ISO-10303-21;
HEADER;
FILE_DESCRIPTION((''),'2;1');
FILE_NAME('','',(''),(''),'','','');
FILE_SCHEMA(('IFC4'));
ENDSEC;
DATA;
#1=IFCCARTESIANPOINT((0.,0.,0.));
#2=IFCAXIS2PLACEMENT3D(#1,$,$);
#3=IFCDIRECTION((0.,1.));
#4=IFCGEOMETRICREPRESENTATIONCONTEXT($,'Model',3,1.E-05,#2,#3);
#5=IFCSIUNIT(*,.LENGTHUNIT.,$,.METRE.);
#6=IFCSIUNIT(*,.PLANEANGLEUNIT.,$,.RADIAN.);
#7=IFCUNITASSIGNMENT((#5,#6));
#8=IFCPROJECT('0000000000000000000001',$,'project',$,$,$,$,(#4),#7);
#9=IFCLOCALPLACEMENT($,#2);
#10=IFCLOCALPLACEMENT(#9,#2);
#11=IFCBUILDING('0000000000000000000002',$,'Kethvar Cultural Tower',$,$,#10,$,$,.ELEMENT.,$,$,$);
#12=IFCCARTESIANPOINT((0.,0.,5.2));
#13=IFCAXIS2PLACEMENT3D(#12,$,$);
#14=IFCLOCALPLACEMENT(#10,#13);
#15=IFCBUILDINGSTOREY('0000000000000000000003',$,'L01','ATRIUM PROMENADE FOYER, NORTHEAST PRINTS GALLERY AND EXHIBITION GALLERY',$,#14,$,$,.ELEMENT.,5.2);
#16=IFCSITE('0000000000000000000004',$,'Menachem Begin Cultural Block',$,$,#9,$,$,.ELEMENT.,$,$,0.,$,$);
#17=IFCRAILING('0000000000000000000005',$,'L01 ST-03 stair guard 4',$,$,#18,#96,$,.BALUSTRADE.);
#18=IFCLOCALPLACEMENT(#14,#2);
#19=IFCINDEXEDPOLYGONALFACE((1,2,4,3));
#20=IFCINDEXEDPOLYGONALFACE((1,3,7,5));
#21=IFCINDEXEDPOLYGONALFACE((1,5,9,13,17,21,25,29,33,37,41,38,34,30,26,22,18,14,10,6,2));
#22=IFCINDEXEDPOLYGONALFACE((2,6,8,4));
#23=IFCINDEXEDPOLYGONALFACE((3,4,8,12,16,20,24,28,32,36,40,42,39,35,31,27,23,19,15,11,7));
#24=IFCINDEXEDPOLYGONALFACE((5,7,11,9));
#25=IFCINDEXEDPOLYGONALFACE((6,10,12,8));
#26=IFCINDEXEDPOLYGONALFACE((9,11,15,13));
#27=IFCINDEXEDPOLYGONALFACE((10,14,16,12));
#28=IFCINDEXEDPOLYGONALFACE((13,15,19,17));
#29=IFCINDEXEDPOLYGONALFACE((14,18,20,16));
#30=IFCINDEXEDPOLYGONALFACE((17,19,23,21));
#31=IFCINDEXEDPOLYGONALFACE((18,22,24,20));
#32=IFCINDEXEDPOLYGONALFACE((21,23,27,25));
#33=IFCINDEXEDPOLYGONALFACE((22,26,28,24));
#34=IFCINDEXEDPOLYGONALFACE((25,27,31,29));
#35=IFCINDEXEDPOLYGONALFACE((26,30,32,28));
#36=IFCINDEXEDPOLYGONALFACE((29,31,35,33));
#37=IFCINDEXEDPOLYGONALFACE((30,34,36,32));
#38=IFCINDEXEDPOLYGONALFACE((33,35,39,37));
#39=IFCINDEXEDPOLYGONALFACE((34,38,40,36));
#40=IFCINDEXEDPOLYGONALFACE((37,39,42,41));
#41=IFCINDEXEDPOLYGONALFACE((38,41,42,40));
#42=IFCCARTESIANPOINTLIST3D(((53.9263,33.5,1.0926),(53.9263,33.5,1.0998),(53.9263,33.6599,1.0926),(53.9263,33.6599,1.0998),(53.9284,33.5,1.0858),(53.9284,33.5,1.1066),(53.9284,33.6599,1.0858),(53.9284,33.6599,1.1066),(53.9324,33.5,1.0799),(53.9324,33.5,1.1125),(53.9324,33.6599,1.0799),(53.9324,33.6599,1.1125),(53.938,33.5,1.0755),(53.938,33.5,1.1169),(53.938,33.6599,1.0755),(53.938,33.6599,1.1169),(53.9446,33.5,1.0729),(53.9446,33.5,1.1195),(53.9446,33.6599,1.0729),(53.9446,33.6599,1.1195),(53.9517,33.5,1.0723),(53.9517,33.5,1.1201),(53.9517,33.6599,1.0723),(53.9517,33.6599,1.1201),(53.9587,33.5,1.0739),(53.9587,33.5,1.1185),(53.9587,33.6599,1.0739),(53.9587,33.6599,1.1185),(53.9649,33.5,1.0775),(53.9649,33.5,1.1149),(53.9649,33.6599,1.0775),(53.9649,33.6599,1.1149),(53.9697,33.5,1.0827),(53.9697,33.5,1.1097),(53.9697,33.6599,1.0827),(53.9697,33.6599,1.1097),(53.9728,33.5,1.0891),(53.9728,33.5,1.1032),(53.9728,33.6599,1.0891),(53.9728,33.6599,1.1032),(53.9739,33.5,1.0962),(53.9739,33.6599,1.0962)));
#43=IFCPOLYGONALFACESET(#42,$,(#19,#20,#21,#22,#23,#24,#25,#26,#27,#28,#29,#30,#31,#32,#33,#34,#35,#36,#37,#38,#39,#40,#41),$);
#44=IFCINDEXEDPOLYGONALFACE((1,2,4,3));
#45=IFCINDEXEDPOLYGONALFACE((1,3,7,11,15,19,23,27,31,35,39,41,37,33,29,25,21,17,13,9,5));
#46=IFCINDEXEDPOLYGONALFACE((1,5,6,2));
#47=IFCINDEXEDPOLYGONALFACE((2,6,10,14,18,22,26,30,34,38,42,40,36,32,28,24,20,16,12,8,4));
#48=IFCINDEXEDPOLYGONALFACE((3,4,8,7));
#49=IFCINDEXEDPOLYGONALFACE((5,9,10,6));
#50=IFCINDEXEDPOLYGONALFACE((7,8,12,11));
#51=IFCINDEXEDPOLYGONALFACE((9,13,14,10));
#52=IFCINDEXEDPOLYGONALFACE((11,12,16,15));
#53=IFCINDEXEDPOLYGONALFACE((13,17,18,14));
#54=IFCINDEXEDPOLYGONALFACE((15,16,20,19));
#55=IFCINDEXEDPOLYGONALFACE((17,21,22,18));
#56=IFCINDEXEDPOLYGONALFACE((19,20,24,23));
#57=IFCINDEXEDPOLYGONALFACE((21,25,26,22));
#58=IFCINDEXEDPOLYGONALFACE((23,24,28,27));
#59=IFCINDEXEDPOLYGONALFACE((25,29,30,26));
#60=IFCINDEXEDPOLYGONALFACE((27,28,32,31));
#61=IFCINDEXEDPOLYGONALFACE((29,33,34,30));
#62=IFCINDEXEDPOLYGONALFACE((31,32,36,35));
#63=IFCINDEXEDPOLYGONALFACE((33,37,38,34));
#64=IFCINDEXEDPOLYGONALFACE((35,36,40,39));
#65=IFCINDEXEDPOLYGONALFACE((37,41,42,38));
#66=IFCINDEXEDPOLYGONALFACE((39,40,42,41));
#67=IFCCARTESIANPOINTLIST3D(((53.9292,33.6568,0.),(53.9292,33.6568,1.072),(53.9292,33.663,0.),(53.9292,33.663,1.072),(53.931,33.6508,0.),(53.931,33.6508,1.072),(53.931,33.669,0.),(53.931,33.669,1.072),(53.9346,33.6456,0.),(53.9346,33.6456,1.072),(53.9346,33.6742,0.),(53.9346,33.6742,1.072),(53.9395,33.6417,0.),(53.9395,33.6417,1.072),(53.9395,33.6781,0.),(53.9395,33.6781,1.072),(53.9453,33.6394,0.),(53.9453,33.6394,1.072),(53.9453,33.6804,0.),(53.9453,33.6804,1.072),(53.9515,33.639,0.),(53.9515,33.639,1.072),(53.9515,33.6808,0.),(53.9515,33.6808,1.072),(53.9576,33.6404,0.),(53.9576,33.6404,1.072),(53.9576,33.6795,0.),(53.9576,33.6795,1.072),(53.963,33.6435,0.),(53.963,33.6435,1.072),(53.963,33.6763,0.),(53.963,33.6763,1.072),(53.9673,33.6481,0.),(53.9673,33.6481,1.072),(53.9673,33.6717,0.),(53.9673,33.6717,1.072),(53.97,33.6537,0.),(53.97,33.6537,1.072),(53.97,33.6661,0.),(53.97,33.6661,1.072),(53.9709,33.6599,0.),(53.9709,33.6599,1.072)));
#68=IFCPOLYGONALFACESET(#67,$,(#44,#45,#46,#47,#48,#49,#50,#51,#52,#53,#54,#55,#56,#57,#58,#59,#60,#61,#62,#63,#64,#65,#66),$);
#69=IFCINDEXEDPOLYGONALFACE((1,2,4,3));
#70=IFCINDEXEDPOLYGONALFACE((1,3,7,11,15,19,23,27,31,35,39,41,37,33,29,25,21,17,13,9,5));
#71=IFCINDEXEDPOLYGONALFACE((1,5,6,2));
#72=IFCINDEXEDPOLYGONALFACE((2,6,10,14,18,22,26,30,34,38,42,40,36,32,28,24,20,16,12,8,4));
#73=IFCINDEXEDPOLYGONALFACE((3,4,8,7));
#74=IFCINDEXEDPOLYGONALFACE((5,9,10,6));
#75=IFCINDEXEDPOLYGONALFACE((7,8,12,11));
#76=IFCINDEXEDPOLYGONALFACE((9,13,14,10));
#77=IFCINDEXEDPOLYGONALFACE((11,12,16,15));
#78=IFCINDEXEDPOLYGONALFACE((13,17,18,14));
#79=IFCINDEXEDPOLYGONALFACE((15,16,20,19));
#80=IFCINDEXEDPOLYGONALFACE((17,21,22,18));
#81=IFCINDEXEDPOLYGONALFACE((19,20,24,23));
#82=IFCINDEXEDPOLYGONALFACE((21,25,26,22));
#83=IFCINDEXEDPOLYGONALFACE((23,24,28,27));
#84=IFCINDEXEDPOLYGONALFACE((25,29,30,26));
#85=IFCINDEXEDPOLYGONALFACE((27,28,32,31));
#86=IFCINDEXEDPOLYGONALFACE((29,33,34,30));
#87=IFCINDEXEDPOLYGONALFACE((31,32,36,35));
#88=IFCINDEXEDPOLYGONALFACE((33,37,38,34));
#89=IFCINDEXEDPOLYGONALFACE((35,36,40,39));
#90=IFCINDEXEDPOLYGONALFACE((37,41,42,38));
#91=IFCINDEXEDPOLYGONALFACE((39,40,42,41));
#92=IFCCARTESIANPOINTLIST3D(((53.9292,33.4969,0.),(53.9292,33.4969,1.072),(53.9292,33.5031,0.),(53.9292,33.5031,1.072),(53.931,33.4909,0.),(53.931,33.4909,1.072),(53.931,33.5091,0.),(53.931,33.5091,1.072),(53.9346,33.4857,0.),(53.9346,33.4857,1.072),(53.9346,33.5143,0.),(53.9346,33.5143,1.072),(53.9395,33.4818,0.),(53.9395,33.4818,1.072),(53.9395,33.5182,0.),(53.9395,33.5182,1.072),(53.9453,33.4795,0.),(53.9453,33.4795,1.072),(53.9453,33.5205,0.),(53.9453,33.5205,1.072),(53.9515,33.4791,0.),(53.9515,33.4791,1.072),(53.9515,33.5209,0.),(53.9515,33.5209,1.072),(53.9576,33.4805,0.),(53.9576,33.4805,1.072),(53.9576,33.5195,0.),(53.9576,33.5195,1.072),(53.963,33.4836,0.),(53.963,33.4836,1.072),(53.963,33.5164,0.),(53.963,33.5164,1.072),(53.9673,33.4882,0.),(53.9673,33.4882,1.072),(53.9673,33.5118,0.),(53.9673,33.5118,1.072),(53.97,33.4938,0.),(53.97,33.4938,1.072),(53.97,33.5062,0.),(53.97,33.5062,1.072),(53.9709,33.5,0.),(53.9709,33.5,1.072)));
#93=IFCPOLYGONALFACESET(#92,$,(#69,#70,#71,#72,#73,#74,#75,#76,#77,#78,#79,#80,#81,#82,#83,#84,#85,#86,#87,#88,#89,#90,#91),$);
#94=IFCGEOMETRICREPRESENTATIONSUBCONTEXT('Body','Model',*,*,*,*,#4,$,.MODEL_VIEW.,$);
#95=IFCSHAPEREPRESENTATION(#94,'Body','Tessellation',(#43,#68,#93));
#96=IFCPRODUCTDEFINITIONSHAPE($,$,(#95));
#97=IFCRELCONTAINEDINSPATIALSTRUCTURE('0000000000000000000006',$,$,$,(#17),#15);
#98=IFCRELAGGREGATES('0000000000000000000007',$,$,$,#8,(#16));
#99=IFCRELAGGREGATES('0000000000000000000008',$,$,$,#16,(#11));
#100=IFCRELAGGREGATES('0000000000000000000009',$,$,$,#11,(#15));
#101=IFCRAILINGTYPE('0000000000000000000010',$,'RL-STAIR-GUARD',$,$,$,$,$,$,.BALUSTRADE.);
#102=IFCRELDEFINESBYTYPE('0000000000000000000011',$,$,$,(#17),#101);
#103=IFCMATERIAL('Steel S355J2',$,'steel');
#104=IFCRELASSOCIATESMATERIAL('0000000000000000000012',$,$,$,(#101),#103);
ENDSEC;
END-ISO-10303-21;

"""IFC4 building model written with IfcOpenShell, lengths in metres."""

from ifc_helpers import new_model, si_unit, direction, frame, origin, origin_2d, place, context, subcontext, project, spatial, circle, extrude, material, type_object, element, save


model = new_model("IFC4")

# Units and contexts
model_context = context("Model", 3, precision=1e-05, world=origin(), true_north=direction((0.0, 1.0)))
body_context = subcontext(model_context, "Body", "Model", "MODEL_VIEW")
ifc_project = project(units=[si_unit("LENGTHUNIT", "METRE"), si_unit("PLANEANGLEUNIT", "RADIAN")], contexts=[model_context])

# Site, building, storey
site_placement = place(None, origin())
site = spatial("IfcSite", under=ifc_project, at=site_placement, Name="Menachem Begin Cultural Block", CompositionType="ELEMENT", RefElevation=0.0)
building_placement = place(site_placement, origin())
building = spatial("IfcBuilding", under=site, at=building_placement, Name="Kethvar Cultural Tower", CompositionType="ELEMENT")
storey_placement = place(building_placement, frame((0.0, 0.0, 5.2)))
storey = spatial("IfcBuildingStorey", under=building, at=storey_placement, Name="L01", Description="ATRIUM PROMENADE FOYER, NORTHEAST PRINTS GALLERY AND EXHIBITION GALLERY", CompositionType="ELEMENT", Elevation=5.2)

# Shared definitions
ifc_material_1 = material(Name="Steel S355J2", Category="steel")

# Railing
railing_type_1 = type_object("IfcRailingType", Name="RL-STAIR-GUARD", PredefinedType="BALUSTRADE", material=ifc_material_1)
railing_1_placement = place(storey_placement, frame((53.95, 33.6599, 0.0)))
element("IfcRailing", 1, at=railing_1_placement, inside=storey, type_object=railing_type_1, Name="L01 ST-03 stair guard 4", PredefinedType="BALUSTRADE", context=body_context, shape_type="SweptSolid", body=[
    extrude(circle(Radius=0.0239, at=origin_2d()), frame((0.0, 0.0, 1.0962), z_axis=(0.0, -1.0, 0.0), x_axis=(1.0, 0.0, 0.0)), (0.0, 0.0, 1.0), 0.1599),
    extrude(circle(Radius=0.021, at=origin_2d()), origin(), (0.0, 0.0, 1.0), 1.072),
    extrude(circle(Radius=0.021, at=origin_2d()), frame((0.0, -0.1599, 0.0)), (0.0, 0.0, 1.0), 1.072),
])

save(model, "model.ifc")
